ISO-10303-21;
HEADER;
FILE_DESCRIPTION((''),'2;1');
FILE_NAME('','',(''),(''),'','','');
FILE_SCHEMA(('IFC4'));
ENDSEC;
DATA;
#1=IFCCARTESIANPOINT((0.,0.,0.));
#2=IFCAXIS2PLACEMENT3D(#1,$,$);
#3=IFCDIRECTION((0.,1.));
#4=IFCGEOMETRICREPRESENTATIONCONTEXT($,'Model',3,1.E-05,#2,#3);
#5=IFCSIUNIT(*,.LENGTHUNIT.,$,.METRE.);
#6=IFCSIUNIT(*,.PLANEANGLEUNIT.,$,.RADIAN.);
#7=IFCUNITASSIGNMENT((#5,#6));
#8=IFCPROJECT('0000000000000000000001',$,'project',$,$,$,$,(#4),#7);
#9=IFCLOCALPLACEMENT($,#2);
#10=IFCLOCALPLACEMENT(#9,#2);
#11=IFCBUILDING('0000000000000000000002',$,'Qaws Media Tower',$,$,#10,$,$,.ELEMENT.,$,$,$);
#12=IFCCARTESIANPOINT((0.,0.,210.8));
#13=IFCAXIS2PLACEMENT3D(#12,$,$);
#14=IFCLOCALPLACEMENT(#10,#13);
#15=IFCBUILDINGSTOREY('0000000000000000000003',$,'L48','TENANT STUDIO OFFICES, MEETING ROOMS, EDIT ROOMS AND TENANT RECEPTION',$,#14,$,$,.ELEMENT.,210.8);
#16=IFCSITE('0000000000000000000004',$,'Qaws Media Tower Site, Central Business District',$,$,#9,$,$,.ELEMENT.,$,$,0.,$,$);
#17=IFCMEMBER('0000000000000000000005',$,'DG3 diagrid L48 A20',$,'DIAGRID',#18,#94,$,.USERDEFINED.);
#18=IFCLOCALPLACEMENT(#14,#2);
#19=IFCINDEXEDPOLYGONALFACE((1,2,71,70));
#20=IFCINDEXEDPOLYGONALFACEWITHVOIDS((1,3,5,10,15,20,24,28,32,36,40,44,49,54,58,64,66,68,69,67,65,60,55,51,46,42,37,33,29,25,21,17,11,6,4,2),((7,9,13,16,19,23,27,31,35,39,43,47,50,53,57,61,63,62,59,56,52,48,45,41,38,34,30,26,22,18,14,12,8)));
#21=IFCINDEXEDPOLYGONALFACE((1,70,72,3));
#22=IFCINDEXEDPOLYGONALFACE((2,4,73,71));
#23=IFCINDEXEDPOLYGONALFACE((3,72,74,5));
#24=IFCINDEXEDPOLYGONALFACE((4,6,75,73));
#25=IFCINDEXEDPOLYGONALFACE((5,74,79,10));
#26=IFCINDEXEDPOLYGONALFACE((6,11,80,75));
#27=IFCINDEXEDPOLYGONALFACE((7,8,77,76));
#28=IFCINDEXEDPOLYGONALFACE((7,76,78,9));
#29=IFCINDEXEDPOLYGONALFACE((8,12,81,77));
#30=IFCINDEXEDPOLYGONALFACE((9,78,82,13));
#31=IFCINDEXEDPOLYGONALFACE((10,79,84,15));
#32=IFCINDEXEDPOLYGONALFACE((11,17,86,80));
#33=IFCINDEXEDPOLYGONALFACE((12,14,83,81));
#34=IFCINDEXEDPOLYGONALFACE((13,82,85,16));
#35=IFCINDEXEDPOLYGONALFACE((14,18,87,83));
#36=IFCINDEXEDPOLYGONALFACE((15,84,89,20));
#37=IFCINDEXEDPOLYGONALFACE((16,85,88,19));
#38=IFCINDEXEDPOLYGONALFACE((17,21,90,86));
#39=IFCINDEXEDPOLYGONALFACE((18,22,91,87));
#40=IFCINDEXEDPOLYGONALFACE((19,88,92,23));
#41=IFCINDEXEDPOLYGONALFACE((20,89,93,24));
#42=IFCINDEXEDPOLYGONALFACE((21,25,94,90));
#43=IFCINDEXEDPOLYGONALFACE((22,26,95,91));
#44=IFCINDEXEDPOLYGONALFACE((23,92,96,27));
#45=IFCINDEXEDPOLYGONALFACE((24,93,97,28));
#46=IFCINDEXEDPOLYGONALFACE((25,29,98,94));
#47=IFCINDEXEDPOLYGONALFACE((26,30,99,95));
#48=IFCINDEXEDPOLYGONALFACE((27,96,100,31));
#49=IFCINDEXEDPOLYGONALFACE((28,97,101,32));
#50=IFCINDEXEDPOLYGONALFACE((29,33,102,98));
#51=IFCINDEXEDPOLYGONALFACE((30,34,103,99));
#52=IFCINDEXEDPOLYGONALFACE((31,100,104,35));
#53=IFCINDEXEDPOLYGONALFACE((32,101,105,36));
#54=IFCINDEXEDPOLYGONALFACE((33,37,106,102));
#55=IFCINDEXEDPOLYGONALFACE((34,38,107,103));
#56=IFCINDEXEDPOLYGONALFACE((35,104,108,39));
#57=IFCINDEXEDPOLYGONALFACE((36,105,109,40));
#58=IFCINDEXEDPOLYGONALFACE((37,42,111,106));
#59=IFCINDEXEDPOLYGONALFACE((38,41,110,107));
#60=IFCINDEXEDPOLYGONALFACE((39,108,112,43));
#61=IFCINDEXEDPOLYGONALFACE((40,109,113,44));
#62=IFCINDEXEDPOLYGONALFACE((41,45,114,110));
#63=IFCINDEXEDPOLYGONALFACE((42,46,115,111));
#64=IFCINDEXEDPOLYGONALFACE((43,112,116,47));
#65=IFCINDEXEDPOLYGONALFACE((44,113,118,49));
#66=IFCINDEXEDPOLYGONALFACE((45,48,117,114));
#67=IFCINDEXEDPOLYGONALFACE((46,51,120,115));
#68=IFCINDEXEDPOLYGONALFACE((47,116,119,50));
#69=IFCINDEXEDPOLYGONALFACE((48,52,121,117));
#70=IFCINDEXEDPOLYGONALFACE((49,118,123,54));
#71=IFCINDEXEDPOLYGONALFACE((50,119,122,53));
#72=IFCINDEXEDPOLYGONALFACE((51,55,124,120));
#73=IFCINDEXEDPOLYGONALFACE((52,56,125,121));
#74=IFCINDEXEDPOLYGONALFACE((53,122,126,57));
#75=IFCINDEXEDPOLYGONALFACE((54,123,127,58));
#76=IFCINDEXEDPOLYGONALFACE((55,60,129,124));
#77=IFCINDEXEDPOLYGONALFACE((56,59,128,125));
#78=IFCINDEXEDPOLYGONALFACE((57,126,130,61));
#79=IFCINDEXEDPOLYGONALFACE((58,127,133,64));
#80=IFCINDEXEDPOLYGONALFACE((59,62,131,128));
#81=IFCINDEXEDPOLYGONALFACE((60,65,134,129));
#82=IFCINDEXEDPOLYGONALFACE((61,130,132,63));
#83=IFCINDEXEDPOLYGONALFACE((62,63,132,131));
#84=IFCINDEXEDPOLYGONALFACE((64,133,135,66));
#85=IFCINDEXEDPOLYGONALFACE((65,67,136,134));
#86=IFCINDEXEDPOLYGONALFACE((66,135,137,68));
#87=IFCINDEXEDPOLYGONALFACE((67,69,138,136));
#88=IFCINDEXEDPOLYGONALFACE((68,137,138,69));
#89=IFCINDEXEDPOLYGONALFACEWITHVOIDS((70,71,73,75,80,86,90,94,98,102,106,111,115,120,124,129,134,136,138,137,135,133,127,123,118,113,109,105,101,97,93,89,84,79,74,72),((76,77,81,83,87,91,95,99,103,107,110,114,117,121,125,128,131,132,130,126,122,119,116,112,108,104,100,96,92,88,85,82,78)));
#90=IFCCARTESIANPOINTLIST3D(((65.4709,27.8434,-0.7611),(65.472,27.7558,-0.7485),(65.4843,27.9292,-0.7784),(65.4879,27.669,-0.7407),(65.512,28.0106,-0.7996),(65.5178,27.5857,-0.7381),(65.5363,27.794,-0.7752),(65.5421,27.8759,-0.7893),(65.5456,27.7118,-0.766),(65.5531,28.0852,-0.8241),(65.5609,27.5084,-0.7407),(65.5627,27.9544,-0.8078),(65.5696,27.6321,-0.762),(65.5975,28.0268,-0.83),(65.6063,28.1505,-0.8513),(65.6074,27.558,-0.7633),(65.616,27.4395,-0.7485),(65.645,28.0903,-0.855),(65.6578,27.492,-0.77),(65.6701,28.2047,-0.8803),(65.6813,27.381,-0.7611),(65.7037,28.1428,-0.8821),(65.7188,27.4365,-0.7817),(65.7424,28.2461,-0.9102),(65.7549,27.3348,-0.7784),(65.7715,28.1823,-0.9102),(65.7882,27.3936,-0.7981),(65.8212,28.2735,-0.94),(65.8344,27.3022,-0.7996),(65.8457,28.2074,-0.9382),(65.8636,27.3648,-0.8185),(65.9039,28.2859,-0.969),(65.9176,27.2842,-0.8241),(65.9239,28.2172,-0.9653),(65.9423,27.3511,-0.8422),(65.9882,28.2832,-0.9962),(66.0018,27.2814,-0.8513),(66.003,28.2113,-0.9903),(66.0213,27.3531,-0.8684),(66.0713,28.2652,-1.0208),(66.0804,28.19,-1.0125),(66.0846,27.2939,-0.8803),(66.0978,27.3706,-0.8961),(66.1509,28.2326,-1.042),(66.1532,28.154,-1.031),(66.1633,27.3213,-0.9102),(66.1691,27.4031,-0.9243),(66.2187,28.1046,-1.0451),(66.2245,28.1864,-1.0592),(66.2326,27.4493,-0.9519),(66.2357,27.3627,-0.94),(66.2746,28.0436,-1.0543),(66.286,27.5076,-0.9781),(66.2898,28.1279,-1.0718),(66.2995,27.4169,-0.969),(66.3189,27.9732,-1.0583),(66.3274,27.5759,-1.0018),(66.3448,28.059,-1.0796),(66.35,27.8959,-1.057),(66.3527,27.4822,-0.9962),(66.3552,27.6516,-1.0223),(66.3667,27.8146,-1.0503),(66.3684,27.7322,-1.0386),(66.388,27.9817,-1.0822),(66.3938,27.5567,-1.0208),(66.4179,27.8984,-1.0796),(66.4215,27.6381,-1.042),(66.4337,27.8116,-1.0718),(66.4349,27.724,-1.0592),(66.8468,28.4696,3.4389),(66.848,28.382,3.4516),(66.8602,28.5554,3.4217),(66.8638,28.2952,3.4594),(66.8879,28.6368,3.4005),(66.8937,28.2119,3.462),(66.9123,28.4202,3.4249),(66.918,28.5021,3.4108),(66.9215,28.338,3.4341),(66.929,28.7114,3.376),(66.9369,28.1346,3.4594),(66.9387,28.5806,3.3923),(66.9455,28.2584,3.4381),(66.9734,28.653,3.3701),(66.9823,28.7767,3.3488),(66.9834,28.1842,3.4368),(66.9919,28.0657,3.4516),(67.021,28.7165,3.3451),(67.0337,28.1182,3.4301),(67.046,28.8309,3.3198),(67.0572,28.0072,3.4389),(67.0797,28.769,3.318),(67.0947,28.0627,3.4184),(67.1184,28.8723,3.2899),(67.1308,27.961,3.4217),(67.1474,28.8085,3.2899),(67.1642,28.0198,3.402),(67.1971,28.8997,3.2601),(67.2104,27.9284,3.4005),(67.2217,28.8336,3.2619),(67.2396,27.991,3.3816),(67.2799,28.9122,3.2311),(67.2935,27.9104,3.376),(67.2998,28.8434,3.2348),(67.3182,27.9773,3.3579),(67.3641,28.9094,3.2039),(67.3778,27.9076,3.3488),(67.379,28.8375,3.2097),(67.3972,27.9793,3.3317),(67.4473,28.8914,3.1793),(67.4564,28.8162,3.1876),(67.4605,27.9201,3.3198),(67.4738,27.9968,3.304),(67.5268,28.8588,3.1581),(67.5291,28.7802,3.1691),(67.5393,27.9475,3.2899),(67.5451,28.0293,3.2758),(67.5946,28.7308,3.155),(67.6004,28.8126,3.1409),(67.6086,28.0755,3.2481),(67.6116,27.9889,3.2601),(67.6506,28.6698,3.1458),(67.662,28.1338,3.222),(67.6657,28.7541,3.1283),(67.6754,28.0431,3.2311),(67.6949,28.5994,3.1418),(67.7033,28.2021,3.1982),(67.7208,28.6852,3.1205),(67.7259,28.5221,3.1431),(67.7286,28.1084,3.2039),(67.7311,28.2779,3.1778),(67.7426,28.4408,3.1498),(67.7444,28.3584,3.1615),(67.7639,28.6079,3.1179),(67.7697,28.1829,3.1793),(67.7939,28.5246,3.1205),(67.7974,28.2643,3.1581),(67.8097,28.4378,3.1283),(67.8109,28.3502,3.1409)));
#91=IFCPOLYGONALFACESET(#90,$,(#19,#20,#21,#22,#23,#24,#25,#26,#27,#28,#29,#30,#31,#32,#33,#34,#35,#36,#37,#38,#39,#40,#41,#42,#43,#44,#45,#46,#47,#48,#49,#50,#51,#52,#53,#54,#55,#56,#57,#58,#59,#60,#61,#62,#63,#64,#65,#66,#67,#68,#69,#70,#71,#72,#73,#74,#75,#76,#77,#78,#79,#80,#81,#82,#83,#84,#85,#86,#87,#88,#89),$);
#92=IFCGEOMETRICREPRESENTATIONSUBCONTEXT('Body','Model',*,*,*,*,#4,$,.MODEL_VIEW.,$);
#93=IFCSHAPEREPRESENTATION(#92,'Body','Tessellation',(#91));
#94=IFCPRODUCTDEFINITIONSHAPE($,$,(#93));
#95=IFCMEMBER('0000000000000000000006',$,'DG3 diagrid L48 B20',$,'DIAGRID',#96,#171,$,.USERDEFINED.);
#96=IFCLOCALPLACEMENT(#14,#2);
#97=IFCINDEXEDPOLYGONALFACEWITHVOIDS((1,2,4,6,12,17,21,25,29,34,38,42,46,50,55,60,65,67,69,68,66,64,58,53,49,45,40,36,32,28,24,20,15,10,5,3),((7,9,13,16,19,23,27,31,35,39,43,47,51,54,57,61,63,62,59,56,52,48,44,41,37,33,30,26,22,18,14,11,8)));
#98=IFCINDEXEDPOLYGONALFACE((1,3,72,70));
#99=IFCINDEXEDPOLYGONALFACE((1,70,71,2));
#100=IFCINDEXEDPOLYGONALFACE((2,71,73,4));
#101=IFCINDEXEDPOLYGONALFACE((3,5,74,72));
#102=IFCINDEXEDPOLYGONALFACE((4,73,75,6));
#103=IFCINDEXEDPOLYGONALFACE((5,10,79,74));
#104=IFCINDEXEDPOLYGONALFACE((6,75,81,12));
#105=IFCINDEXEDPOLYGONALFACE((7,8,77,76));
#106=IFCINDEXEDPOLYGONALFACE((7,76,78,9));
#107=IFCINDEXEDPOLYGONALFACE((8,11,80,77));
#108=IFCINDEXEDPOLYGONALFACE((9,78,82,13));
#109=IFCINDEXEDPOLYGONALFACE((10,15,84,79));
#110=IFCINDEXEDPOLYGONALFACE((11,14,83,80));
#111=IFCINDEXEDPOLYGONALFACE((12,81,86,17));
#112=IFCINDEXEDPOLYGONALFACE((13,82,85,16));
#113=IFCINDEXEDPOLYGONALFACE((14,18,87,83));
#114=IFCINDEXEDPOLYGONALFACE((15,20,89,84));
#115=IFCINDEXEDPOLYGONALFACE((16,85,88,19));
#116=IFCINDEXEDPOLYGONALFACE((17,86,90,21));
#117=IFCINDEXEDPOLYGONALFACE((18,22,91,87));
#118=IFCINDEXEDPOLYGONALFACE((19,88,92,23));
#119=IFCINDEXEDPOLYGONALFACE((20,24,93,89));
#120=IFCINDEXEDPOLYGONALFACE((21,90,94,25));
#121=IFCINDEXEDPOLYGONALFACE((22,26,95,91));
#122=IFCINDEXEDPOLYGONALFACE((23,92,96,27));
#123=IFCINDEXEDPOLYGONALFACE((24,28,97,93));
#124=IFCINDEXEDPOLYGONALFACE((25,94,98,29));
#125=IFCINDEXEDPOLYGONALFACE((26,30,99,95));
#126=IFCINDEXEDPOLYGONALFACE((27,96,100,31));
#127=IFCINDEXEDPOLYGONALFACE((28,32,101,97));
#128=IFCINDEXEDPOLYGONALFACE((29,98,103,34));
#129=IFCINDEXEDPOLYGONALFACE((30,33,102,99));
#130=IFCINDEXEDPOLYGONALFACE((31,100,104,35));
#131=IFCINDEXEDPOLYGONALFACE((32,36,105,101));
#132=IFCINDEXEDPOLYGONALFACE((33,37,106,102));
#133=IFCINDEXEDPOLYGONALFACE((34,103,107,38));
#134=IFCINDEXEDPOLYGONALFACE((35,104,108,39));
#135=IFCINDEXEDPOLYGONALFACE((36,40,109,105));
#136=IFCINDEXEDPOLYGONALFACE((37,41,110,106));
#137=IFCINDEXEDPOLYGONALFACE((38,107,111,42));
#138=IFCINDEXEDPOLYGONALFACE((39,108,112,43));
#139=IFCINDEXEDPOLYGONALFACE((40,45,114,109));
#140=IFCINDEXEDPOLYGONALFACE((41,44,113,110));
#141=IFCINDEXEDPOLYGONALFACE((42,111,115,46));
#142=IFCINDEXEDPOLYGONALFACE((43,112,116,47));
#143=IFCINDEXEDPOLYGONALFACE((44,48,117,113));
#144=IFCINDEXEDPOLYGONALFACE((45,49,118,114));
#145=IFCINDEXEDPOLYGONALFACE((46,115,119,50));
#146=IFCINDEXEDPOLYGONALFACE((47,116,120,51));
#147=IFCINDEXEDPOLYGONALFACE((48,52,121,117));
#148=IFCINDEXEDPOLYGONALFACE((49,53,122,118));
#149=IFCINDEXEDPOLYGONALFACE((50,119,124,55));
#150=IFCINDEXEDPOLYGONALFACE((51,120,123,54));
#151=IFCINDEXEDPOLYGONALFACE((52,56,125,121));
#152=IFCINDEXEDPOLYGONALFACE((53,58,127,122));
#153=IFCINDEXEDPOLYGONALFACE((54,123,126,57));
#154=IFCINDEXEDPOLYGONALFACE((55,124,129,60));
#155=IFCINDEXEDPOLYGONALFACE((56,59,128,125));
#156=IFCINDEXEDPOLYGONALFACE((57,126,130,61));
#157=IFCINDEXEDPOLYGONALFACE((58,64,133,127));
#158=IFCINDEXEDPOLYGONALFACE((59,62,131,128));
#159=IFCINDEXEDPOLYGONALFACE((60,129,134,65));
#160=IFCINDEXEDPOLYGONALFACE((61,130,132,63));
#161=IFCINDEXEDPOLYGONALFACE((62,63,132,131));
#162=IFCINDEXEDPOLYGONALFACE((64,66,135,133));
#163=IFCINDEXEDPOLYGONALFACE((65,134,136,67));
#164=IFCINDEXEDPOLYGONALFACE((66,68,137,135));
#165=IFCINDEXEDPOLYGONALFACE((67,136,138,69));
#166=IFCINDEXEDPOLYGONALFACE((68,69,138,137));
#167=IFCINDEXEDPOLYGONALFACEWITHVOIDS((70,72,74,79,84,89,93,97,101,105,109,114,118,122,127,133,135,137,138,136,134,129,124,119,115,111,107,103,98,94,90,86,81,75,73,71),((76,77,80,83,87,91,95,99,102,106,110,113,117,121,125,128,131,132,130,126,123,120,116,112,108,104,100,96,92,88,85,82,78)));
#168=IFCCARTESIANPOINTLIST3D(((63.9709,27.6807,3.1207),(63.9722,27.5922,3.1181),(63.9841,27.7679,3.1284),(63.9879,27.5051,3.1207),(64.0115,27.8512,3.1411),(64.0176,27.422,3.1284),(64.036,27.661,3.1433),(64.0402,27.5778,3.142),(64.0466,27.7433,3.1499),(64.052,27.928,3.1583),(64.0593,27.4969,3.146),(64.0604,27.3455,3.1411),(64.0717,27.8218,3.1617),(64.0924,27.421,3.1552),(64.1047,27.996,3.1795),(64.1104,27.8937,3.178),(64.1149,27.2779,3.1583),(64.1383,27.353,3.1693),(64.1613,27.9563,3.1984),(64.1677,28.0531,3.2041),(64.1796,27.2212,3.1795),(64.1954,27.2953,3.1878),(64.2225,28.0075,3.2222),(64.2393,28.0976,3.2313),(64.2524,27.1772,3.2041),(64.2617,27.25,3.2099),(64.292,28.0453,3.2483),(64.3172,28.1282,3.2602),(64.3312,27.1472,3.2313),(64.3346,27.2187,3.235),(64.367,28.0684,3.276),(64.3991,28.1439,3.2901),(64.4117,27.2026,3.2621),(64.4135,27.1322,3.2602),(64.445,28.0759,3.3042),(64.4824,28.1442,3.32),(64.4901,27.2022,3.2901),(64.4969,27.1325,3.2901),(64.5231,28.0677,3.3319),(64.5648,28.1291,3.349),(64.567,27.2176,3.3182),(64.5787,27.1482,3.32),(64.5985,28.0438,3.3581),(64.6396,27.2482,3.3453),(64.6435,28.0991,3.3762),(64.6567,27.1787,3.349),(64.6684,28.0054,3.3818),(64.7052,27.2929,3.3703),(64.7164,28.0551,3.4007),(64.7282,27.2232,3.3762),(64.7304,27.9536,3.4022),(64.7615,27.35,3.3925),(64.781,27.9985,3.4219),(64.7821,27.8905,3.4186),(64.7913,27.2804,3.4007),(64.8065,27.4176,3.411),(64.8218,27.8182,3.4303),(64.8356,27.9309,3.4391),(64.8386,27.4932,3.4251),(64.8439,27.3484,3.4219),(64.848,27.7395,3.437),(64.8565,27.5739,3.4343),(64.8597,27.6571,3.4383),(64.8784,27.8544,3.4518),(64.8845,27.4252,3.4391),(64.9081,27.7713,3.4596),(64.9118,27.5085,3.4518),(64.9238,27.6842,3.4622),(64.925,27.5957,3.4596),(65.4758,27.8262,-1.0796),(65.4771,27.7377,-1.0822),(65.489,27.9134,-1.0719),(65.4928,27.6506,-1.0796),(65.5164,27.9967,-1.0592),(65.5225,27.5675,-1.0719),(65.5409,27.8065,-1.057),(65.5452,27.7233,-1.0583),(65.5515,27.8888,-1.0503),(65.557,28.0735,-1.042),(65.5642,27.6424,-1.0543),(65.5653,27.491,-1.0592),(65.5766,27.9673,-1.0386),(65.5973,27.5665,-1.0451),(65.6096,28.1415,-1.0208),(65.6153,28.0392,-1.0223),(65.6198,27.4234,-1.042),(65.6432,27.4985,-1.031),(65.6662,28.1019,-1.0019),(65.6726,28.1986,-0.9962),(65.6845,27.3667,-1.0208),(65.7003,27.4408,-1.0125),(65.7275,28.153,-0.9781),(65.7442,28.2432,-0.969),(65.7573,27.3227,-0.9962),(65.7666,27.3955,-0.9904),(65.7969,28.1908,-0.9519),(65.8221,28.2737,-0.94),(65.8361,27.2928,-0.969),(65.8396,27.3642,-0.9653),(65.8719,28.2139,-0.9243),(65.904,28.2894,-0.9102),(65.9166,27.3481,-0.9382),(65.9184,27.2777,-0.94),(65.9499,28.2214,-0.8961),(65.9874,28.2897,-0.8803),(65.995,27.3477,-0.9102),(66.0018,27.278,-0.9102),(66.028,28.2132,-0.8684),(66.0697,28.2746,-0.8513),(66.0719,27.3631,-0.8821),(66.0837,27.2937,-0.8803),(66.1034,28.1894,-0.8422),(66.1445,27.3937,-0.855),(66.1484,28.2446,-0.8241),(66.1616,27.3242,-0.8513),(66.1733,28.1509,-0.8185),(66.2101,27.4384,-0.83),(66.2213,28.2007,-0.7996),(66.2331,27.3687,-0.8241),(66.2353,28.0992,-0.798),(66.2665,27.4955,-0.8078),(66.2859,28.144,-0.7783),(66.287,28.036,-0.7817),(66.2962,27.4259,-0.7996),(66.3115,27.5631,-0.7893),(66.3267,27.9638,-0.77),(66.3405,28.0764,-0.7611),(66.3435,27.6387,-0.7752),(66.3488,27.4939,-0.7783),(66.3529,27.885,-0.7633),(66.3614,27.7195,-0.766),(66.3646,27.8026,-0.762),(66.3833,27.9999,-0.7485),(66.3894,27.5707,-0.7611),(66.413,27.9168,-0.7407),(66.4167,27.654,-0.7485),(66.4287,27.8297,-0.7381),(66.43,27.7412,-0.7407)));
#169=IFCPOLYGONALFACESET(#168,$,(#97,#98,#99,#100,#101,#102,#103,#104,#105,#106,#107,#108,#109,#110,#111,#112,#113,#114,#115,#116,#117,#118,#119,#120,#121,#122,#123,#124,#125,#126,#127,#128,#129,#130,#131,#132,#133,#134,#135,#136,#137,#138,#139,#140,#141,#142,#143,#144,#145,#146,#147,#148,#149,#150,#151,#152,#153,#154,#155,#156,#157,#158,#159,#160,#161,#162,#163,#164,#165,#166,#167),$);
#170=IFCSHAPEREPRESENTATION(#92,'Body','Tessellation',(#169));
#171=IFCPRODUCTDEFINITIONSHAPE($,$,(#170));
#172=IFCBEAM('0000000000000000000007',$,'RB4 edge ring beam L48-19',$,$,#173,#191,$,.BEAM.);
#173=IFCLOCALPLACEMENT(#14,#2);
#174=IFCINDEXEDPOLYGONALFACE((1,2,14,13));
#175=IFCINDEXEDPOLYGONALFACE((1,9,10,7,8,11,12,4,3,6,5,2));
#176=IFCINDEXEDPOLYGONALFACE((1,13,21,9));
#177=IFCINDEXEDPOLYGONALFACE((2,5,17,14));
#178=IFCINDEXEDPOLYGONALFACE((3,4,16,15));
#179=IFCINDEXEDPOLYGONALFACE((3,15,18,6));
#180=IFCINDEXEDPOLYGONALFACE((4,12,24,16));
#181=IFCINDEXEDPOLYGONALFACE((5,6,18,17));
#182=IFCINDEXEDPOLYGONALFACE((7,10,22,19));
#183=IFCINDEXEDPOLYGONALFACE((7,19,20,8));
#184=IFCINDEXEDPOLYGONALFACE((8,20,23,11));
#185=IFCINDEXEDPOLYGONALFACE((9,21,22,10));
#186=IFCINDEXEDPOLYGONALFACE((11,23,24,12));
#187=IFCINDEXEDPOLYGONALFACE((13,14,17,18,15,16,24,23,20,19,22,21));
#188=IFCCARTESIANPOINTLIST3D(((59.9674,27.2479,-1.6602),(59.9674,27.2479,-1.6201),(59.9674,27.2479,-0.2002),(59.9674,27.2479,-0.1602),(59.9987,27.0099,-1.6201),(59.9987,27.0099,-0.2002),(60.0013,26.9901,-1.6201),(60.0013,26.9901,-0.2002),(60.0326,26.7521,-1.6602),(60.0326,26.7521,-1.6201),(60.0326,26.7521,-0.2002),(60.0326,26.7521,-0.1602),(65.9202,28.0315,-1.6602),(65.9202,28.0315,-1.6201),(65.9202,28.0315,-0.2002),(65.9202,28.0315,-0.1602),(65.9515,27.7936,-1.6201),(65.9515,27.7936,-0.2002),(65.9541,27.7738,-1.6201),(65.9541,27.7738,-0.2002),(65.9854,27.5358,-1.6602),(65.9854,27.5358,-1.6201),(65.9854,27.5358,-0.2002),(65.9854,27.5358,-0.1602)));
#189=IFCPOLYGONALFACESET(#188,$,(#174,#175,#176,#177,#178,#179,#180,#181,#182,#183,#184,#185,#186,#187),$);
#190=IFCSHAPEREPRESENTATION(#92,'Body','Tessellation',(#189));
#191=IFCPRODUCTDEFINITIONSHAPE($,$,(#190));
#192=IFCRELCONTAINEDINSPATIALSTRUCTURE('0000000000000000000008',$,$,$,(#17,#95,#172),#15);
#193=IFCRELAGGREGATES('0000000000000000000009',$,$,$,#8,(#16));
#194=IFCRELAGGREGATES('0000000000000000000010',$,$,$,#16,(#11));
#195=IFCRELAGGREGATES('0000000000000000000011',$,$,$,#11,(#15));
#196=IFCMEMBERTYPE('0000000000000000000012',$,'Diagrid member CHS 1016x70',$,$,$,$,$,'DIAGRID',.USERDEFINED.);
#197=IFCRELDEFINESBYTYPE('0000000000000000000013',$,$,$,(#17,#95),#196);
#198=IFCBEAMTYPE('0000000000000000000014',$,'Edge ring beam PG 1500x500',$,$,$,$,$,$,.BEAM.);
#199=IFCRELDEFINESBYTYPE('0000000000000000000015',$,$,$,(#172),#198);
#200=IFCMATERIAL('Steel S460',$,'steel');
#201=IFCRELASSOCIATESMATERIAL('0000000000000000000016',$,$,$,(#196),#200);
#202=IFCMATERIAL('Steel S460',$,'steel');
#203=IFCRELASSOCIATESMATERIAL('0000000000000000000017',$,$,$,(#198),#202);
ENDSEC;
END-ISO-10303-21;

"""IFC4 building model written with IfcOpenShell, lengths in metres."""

from ifc_helpers import new_model, si_unit, direction, frame, origin, origin_2d, place, context, subcontext, project, spatial, hollow_circle, i_section, extrude, material, material_profile, profile_set, type_object, element, save


model = new_model("IFC4")

# Units and contexts
model_context = context("Model", 3, precision=1e-05, world=origin(), true_north=direction((0.0, 1.0)))
body_context = subcontext(model_context, "Body", "Model", "MODEL_VIEW")
ifc_project = project(units=[si_unit("LENGTHUNIT", "METRE"), si_unit("PLANEANGLEUNIT", "RADIAN")], contexts=[model_context])

# Site, building, storey
site_placement = place(None, origin())
site = spatial("IfcSite", under=ifc_project, at=site_placement, Name="Qaws Media Tower Site, Central Business District", CompositionType="ELEMENT", RefElevation=0.0)
building_placement = place(site_placement, origin())
building = spatial("IfcBuilding", under=site, at=building_placement, Name="Qaws Media Tower", CompositionType="ELEMENT")
storey_placement = place(building_placement, frame((0.0, 0.0, 210.8)))
storey = spatial("IfcBuildingStorey", under=building, at=storey_placement, Name="L48", Description="TENANT STUDIO OFFICES, MEETING ROOMS, EDIT ROOMS AND TENANT RECEPTION", CompositionType="ELEMENT", Elevation=210.8)

# Members
ifc_material_1 = material(Name="Steel S460", Category="steel")
ifc_material_profile_1 = material_profile(ifc_material_1, hollow_circle(Radius=0.5081, WallThickness=0.0701, at=origin_2d()), Name="CHS 1016x70")
ifc_profile_set_1 = profile_set([ifc_material_profile_1], Name="Steel S460")
member_type_1 = type_object("IfcMemberType", Name="Diagrid member CHS 1016x70", ElementType="DIAGRID", PredefinedType="USERDEFINED", material=ifc_profile_set_1)
member_1_placement = place(storey_placement, frame((65.9529, 27.7837, -0.9102), z_axis=(0.30824, 0.140283, 0.940908), x_axis=(-0.414229, 0.910173, 0.0)))
element("IfcMember", 1, at=member_1_placement, inside=storey, type_object=member_type_1, Name="DG3 diagrid L48 A20", ObjectType="DIAGRID", PredefinedType="USERDEFINED", context=body_context, shape_type="SweptSolid", body=[
    extrude(hollow_circle(Radius=0.5081, WallThickness=0.0701, at=origin_2d()), origin(), (0.0, 0.0, 1.0), 4.4639),
])
member_2_placement = place(storey_placement, frame((65.9529, 27.7837, -0.9102), z_axis=(-0.337114, -0.032596, 0.940899), x_axis=(0.096242, -0.995358, 0.0)))
element("IfcMember", 2, at=member_2_placement, inside=storey, type_object=member_type_1, Name="DG3 diagrid L48 B20", ObjectType="DIAGRID", PredefinedType="USERDEFINED", context=body_context, shape_type="SweptSolid", body=[
    extrude(hollow_circle(Radius=0.5081, WallThickness=0.0701, at=origin_2d()), origin(), (0.0, 0.0, 1.0), 4.4641),
])

# Beam
ifc_material_2 = material(Name="Steel S460", Category="steel")
ifc_material_profile_2 = material_profile(ifc_material_2, i_section(OverallWidth=0.5, OverallDepth=1.5, WebThickness=0.02, FlangeThickness=0.04, at=origin_2d()), Name="PG 1500x500")
ifc_profile_set_2 = profile_set([ifc_material_profile_2], Name="Steel S460")
beam_type = type_object("IfcBeamType", Name="Edge ring beam PG 1500x500", PredefinedType="BEAM", material=ifc_profile_set_2)
for number, where, z_axis, x_axis, name in (
    (3, (60.0, 27.0, -0.9102), (0.991445, 0.130523, 0.0), (-0.130523, 0.991445, 0.0), "RB4 edge ring beam L48-19"),
):
    element("IfcBeam", number, at=place(storey_placement, frame(where, z_axis=z_axis, x_axis=x_axis)), inside=storey, type_object=beam_type, Name=name, PredefinedType="BEAM", context=body_context, shape_type="SweptSolid", body=[
        extrude(i_section(OverallWidth=0.5, OverallDepth=1.5, WebThickness=0.02, FlangeThickness=0.04, at=origin_2d()), origin(), (0.0, 0.0, 1.0), 6.0042),
    ])

save(model, "model.ifc")
